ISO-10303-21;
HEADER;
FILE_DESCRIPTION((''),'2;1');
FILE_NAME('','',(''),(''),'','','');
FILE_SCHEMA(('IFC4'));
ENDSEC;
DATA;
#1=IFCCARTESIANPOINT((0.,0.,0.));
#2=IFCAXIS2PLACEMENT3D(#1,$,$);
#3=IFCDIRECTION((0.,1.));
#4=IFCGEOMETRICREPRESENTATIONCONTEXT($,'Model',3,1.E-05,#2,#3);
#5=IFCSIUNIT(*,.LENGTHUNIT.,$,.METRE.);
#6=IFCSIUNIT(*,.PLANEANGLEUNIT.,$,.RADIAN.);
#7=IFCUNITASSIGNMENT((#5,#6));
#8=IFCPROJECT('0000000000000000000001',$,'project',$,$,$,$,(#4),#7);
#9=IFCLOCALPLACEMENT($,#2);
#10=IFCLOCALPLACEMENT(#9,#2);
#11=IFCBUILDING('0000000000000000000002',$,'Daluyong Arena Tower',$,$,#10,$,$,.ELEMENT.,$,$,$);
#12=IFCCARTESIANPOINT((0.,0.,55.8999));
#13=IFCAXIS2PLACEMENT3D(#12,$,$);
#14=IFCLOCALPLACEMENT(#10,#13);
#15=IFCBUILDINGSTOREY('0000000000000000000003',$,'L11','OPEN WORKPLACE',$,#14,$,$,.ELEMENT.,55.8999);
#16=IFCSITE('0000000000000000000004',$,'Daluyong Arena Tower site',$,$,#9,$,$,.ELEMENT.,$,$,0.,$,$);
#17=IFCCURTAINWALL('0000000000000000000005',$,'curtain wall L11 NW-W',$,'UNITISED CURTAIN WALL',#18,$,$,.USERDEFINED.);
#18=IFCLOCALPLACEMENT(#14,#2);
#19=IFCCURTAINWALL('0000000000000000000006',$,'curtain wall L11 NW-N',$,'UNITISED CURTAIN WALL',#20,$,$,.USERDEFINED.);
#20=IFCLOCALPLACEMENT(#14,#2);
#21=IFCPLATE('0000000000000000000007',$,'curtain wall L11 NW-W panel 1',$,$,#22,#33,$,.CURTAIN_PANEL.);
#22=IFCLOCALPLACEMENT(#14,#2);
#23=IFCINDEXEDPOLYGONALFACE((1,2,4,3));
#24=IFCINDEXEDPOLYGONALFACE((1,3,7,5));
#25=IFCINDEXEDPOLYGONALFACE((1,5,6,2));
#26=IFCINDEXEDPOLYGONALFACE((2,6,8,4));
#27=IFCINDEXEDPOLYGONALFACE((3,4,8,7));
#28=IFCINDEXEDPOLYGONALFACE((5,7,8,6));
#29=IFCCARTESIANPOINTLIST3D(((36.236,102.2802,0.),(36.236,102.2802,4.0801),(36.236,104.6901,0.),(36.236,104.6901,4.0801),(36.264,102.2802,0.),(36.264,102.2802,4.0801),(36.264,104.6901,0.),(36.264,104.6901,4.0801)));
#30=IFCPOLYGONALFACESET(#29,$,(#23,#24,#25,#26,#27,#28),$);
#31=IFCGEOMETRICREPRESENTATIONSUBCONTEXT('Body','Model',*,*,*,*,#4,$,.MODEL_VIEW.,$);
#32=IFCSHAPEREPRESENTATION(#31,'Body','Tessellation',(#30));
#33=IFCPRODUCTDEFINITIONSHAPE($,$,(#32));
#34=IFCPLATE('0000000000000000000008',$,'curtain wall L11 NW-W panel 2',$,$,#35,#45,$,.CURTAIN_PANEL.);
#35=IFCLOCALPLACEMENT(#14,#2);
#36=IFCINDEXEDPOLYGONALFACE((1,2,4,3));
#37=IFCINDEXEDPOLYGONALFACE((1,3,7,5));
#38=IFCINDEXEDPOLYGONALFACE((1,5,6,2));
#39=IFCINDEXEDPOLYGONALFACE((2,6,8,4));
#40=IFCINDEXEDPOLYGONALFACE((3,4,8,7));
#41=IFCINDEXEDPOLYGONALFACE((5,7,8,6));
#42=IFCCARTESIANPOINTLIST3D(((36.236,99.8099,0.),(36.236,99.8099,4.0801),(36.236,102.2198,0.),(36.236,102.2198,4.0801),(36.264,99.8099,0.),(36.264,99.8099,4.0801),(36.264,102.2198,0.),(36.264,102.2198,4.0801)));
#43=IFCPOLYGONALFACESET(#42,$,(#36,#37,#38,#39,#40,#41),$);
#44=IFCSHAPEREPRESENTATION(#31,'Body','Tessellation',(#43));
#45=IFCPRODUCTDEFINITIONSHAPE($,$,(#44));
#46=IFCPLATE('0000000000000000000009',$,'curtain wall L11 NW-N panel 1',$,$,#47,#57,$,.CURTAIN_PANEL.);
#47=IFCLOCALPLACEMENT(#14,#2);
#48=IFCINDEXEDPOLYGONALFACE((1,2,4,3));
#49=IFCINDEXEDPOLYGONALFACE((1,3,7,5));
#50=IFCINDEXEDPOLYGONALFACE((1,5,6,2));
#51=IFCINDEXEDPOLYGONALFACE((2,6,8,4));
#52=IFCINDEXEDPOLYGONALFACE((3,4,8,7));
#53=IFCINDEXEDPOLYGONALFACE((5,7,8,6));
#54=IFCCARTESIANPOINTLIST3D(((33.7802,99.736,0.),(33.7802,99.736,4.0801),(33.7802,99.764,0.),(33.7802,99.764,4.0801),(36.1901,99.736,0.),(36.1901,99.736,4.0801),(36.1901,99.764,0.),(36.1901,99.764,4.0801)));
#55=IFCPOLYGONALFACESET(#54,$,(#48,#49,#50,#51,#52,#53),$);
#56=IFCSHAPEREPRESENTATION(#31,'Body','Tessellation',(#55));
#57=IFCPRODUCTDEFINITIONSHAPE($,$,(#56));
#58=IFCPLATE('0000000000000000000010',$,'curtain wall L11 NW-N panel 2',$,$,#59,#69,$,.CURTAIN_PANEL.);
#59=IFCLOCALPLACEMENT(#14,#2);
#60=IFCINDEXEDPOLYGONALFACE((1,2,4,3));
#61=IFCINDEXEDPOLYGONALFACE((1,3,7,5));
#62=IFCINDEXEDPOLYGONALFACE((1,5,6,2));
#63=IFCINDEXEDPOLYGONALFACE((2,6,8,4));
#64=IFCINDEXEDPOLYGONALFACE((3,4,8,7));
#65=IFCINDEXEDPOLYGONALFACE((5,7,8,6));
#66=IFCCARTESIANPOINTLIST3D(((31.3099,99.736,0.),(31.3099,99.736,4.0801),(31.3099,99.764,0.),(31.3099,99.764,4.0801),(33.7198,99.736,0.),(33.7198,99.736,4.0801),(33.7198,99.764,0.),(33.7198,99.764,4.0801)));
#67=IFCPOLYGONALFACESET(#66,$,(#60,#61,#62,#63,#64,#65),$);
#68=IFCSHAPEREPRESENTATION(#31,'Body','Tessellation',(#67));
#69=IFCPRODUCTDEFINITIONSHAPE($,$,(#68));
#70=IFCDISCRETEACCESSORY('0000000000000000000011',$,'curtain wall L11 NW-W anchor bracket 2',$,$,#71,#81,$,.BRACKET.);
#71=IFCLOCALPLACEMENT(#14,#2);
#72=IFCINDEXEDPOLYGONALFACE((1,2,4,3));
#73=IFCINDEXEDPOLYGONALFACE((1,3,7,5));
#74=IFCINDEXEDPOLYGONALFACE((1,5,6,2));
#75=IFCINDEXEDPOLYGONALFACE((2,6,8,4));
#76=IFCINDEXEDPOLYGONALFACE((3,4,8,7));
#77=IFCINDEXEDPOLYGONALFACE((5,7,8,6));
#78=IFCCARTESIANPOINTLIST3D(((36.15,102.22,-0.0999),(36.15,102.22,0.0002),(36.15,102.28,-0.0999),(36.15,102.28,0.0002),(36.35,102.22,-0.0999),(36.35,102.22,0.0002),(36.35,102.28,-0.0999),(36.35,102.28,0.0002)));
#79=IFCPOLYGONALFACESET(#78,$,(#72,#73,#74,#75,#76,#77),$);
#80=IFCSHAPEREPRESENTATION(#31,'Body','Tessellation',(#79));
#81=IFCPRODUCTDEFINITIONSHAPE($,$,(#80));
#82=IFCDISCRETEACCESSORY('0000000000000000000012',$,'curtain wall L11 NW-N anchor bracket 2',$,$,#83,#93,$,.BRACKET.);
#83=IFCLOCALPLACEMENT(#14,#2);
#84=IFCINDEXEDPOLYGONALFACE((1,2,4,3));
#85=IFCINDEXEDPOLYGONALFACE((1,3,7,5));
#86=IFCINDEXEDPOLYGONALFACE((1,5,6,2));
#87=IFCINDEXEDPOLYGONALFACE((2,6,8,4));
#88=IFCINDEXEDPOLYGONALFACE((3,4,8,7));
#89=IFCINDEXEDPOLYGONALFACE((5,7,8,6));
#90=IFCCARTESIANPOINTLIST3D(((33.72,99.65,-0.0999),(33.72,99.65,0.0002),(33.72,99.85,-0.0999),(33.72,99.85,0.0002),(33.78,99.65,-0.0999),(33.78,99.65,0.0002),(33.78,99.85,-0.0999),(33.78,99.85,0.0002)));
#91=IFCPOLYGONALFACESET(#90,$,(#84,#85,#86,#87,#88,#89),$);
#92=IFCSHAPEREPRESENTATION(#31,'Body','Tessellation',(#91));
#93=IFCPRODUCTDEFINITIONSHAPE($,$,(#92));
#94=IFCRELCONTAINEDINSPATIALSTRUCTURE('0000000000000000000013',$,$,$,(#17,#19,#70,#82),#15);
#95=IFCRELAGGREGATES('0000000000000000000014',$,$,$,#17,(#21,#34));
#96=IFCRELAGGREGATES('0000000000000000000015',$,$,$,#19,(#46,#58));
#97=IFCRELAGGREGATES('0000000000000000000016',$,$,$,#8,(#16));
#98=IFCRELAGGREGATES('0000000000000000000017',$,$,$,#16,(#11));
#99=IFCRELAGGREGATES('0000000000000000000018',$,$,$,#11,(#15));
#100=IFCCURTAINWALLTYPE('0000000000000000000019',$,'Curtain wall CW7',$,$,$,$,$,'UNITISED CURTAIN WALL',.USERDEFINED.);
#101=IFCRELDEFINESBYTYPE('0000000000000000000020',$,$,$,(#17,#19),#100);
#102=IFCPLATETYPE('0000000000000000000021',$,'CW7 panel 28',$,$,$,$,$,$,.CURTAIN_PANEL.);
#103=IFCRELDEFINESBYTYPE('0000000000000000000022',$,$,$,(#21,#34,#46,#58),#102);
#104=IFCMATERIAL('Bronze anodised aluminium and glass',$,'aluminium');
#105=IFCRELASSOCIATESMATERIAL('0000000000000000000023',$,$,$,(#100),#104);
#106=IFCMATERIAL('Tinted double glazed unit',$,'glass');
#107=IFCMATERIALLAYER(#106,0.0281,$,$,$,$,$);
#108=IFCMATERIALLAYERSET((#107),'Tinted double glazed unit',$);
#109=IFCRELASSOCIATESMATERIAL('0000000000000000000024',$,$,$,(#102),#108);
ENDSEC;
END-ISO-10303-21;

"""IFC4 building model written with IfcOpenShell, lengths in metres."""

from ifc_helpers import new_model, si_unit, direction, frame, origin, origin_2d, place, context, subcontext, project, spatial, rectangle, extrude, material, layer, layer_set, type_object, element, aggregate, save


model = new_model("IFC4")

# Units and contexts
model_context = context("Model", 3, precision=1e-05, world=origin(), true_north=direction((0.0, 1.0)))
body_context = subcontext(model_context, "Body", "Model", "MODEL_VIEW")
ifc_project = project(units=[si_unit("LENGTHUNIT", "METRE"), si_unit("PLANEANGLEUNIT", "RADIAN")], contexts=[model_context])

# Site, building, storey
site_placement = place(None, origin())
site = spatial("IfcSite", under=ifc_project, at=site_placement, Name="Daluyong Arena Tower site", CompositionType="ELEMENT", RefElevation=0.0)
building_placement = place(site_placement, origin())
building = spatial("IfcBuilding", under=site, at=building_placement, Name="Daluyong Arena Tower", CompositionType="ELEMENT")
storey_placement = place(building_placement, frame((0.0, 0.0, 55.8999)))
storey = spatial("IfcBuildingStorey", under=building, at=storey_placement, Name="L11", Description="OPEN WORKPLACE", CompositionType="ELEMENT", Elevation=55.8999)

# Curtain walls
ifc_material_1 = material(Name="Bronze anodised aluminium and glass", Category="aluminium")
curtain_wall_type_1 = type_object("IfcCurtainWallType", Name="Curtain wall CW7", ElementType="UNITISED CURTAIN WALL", PredefinedType="USERDEFINED", material=ifc_material_1)
curtain_wall_1_placement = place(storey_placement, origin())
curtain_wall_1 = element("IfcCurtainWall", 1, at=curtain_wall_1_placement, inside=storey, type_object=curtain_wall_type_1, Name="curtain wall L11 NW-W", ObjectType="UNITISED CURTAIN WALL", PredefinedType="USERDEFINED")
curtain_wall_2_placement = place(storey_placement, origin())
curtain_wall_2 = element("IfcCurtainWall", 2, at=curtain_wall_2_placement, inside=storey, type_object=curtain_wall_type_1, Name="curtain wall L11 NW-N", ObjectType="UNITISED CURTAIN WALL", PredefinedType="USERDEFINED")

# Plates
ifc_material_2 = material(Name="Tinted double glazed unit", Category="glass")
ifc_layer = layer(ifc_material_2, 0.0281)
ifc_layer_set = layer_set([ifc_layer], Name="Tinted double glazed unit")
plate_type = type_object("IfcPlateType", Name="CW7 panel 28", PredefinedType="CURTAIN_PANEL", material=ifc_layer_set)
plate_1_placement = place(storey_placement, frame((36.25, 103.4851, 0.0), z_axis=(0.0, 0.0, 1.0), x_axis=(0.0, -1.0, 0.0)))
plate_1 = element("IfcPlate", 3, at=plate_1_placement, type_object=plate_type, Name="curtain wall L11 NW-W panel 1", PredefinedType="CURTAIN_PANEL", context=body_context, shape_type="SweptSolid", body=[
    extrude(rectangle(XDim=2.4099, YDim=0.0281, at=origin_2d()), origin(), (0.0, 0.0, 1.0), 4.0801),
])
plate_2_placement = place(storey_placement, frame((36.25, 101.0149, 0.0), z_axis=(0.0, 0.0, 1.0), x_axis=(0.0, -1.0, 0.0)))
plate_2 = element("IfcPlate", 4, at=plate_2_placement, type_object=plate_type, Name="curtain wall L11 NW-W panel 2", PredefinedType="CURTAIN_PANEL", context=body_context, shape_type="SweptSolid", body=[
    extrude(rectangle(XDim=2.4099, YDim=0.0281, at=origin_2d()), origin(), (0.0, 0.0, 1.0), 4.0801),
])
aggregate(curtain_wall_1, [plate_1, plate_2])
plate_3_placement = place(storey_placement, frame((34.9851, 99.75, 0.0), z_axis=(0.0, 0.0, 1.0), x_axis=(-1.0, 0.0, 0.0)))
plate_3 = element("IfcPlate", 5, at=plate_3_placement, type_object=plate_type, Name="curtain wall L11 NW-N panel 1", PredefinedType="CURTAIN_PANEL", context=body_context, shape_type="SweptSolid", body=[
    extrude(rectangle(XDim=2.4099, YDim=0.0281, at=origin_2d()), origin(), (0.0, 0.0, 1.0), 4.0801),
])
plate_4_placement = place(storey_placement, frame((32.5149, 99.75, 0.0), z_axis=(0.0, 0.0, 1.0), x_axis=(-1.0, 0.0, 0.0)))
plate_4 = element("IfcPlate", 6, at=plate_4_placement, type_object=plate_type, Name="curtain wall L11 NW-N panel 2", PredefinedType="CURTAIN_PANEL", context=body_context, shape_type="SweptSolid", body=[
    extrude(rectangle(XDim=2.4099, YDim=0.0281, at=origin_2d()), origin(), (0.0, 0.0, 1.0), 4.0801),
])
aggregate(curtain_wall_2, [plate_3, plate_4])

# Discrete accessories
for number, where, z_axis, x_axis, name in (
    (7, (36.25, 102.25, -0.0999), (0.0, 0.0, 1.0), (0.0, -1.0, 0.0), "curtain wall L11 NW-W anchor bracket 2"),
    (8, (33.75, 99.75, -0.0999), (0.0, 0.0, 1.0), (-1.0, 0.0, 0.0), "curtain wall L11 NW-N anchor bracket 2"),
):
    element("IfcDiscreteAccessory", number, at=place(storey_placement, frame(where, z_axis=z_axis, x_axis=x_axis)), inside=storey, Name=name, PredefinedType="BRACKET", context=body_context, shape_type="SweptSolid", body=[
        extrude(rectangle(XDim=0.0601, YDim=0.2, at=origin_2d()), origin(), (0.0, 0.0, 1.0), 0.1001),
    ])

save(model, "model.ifc")
